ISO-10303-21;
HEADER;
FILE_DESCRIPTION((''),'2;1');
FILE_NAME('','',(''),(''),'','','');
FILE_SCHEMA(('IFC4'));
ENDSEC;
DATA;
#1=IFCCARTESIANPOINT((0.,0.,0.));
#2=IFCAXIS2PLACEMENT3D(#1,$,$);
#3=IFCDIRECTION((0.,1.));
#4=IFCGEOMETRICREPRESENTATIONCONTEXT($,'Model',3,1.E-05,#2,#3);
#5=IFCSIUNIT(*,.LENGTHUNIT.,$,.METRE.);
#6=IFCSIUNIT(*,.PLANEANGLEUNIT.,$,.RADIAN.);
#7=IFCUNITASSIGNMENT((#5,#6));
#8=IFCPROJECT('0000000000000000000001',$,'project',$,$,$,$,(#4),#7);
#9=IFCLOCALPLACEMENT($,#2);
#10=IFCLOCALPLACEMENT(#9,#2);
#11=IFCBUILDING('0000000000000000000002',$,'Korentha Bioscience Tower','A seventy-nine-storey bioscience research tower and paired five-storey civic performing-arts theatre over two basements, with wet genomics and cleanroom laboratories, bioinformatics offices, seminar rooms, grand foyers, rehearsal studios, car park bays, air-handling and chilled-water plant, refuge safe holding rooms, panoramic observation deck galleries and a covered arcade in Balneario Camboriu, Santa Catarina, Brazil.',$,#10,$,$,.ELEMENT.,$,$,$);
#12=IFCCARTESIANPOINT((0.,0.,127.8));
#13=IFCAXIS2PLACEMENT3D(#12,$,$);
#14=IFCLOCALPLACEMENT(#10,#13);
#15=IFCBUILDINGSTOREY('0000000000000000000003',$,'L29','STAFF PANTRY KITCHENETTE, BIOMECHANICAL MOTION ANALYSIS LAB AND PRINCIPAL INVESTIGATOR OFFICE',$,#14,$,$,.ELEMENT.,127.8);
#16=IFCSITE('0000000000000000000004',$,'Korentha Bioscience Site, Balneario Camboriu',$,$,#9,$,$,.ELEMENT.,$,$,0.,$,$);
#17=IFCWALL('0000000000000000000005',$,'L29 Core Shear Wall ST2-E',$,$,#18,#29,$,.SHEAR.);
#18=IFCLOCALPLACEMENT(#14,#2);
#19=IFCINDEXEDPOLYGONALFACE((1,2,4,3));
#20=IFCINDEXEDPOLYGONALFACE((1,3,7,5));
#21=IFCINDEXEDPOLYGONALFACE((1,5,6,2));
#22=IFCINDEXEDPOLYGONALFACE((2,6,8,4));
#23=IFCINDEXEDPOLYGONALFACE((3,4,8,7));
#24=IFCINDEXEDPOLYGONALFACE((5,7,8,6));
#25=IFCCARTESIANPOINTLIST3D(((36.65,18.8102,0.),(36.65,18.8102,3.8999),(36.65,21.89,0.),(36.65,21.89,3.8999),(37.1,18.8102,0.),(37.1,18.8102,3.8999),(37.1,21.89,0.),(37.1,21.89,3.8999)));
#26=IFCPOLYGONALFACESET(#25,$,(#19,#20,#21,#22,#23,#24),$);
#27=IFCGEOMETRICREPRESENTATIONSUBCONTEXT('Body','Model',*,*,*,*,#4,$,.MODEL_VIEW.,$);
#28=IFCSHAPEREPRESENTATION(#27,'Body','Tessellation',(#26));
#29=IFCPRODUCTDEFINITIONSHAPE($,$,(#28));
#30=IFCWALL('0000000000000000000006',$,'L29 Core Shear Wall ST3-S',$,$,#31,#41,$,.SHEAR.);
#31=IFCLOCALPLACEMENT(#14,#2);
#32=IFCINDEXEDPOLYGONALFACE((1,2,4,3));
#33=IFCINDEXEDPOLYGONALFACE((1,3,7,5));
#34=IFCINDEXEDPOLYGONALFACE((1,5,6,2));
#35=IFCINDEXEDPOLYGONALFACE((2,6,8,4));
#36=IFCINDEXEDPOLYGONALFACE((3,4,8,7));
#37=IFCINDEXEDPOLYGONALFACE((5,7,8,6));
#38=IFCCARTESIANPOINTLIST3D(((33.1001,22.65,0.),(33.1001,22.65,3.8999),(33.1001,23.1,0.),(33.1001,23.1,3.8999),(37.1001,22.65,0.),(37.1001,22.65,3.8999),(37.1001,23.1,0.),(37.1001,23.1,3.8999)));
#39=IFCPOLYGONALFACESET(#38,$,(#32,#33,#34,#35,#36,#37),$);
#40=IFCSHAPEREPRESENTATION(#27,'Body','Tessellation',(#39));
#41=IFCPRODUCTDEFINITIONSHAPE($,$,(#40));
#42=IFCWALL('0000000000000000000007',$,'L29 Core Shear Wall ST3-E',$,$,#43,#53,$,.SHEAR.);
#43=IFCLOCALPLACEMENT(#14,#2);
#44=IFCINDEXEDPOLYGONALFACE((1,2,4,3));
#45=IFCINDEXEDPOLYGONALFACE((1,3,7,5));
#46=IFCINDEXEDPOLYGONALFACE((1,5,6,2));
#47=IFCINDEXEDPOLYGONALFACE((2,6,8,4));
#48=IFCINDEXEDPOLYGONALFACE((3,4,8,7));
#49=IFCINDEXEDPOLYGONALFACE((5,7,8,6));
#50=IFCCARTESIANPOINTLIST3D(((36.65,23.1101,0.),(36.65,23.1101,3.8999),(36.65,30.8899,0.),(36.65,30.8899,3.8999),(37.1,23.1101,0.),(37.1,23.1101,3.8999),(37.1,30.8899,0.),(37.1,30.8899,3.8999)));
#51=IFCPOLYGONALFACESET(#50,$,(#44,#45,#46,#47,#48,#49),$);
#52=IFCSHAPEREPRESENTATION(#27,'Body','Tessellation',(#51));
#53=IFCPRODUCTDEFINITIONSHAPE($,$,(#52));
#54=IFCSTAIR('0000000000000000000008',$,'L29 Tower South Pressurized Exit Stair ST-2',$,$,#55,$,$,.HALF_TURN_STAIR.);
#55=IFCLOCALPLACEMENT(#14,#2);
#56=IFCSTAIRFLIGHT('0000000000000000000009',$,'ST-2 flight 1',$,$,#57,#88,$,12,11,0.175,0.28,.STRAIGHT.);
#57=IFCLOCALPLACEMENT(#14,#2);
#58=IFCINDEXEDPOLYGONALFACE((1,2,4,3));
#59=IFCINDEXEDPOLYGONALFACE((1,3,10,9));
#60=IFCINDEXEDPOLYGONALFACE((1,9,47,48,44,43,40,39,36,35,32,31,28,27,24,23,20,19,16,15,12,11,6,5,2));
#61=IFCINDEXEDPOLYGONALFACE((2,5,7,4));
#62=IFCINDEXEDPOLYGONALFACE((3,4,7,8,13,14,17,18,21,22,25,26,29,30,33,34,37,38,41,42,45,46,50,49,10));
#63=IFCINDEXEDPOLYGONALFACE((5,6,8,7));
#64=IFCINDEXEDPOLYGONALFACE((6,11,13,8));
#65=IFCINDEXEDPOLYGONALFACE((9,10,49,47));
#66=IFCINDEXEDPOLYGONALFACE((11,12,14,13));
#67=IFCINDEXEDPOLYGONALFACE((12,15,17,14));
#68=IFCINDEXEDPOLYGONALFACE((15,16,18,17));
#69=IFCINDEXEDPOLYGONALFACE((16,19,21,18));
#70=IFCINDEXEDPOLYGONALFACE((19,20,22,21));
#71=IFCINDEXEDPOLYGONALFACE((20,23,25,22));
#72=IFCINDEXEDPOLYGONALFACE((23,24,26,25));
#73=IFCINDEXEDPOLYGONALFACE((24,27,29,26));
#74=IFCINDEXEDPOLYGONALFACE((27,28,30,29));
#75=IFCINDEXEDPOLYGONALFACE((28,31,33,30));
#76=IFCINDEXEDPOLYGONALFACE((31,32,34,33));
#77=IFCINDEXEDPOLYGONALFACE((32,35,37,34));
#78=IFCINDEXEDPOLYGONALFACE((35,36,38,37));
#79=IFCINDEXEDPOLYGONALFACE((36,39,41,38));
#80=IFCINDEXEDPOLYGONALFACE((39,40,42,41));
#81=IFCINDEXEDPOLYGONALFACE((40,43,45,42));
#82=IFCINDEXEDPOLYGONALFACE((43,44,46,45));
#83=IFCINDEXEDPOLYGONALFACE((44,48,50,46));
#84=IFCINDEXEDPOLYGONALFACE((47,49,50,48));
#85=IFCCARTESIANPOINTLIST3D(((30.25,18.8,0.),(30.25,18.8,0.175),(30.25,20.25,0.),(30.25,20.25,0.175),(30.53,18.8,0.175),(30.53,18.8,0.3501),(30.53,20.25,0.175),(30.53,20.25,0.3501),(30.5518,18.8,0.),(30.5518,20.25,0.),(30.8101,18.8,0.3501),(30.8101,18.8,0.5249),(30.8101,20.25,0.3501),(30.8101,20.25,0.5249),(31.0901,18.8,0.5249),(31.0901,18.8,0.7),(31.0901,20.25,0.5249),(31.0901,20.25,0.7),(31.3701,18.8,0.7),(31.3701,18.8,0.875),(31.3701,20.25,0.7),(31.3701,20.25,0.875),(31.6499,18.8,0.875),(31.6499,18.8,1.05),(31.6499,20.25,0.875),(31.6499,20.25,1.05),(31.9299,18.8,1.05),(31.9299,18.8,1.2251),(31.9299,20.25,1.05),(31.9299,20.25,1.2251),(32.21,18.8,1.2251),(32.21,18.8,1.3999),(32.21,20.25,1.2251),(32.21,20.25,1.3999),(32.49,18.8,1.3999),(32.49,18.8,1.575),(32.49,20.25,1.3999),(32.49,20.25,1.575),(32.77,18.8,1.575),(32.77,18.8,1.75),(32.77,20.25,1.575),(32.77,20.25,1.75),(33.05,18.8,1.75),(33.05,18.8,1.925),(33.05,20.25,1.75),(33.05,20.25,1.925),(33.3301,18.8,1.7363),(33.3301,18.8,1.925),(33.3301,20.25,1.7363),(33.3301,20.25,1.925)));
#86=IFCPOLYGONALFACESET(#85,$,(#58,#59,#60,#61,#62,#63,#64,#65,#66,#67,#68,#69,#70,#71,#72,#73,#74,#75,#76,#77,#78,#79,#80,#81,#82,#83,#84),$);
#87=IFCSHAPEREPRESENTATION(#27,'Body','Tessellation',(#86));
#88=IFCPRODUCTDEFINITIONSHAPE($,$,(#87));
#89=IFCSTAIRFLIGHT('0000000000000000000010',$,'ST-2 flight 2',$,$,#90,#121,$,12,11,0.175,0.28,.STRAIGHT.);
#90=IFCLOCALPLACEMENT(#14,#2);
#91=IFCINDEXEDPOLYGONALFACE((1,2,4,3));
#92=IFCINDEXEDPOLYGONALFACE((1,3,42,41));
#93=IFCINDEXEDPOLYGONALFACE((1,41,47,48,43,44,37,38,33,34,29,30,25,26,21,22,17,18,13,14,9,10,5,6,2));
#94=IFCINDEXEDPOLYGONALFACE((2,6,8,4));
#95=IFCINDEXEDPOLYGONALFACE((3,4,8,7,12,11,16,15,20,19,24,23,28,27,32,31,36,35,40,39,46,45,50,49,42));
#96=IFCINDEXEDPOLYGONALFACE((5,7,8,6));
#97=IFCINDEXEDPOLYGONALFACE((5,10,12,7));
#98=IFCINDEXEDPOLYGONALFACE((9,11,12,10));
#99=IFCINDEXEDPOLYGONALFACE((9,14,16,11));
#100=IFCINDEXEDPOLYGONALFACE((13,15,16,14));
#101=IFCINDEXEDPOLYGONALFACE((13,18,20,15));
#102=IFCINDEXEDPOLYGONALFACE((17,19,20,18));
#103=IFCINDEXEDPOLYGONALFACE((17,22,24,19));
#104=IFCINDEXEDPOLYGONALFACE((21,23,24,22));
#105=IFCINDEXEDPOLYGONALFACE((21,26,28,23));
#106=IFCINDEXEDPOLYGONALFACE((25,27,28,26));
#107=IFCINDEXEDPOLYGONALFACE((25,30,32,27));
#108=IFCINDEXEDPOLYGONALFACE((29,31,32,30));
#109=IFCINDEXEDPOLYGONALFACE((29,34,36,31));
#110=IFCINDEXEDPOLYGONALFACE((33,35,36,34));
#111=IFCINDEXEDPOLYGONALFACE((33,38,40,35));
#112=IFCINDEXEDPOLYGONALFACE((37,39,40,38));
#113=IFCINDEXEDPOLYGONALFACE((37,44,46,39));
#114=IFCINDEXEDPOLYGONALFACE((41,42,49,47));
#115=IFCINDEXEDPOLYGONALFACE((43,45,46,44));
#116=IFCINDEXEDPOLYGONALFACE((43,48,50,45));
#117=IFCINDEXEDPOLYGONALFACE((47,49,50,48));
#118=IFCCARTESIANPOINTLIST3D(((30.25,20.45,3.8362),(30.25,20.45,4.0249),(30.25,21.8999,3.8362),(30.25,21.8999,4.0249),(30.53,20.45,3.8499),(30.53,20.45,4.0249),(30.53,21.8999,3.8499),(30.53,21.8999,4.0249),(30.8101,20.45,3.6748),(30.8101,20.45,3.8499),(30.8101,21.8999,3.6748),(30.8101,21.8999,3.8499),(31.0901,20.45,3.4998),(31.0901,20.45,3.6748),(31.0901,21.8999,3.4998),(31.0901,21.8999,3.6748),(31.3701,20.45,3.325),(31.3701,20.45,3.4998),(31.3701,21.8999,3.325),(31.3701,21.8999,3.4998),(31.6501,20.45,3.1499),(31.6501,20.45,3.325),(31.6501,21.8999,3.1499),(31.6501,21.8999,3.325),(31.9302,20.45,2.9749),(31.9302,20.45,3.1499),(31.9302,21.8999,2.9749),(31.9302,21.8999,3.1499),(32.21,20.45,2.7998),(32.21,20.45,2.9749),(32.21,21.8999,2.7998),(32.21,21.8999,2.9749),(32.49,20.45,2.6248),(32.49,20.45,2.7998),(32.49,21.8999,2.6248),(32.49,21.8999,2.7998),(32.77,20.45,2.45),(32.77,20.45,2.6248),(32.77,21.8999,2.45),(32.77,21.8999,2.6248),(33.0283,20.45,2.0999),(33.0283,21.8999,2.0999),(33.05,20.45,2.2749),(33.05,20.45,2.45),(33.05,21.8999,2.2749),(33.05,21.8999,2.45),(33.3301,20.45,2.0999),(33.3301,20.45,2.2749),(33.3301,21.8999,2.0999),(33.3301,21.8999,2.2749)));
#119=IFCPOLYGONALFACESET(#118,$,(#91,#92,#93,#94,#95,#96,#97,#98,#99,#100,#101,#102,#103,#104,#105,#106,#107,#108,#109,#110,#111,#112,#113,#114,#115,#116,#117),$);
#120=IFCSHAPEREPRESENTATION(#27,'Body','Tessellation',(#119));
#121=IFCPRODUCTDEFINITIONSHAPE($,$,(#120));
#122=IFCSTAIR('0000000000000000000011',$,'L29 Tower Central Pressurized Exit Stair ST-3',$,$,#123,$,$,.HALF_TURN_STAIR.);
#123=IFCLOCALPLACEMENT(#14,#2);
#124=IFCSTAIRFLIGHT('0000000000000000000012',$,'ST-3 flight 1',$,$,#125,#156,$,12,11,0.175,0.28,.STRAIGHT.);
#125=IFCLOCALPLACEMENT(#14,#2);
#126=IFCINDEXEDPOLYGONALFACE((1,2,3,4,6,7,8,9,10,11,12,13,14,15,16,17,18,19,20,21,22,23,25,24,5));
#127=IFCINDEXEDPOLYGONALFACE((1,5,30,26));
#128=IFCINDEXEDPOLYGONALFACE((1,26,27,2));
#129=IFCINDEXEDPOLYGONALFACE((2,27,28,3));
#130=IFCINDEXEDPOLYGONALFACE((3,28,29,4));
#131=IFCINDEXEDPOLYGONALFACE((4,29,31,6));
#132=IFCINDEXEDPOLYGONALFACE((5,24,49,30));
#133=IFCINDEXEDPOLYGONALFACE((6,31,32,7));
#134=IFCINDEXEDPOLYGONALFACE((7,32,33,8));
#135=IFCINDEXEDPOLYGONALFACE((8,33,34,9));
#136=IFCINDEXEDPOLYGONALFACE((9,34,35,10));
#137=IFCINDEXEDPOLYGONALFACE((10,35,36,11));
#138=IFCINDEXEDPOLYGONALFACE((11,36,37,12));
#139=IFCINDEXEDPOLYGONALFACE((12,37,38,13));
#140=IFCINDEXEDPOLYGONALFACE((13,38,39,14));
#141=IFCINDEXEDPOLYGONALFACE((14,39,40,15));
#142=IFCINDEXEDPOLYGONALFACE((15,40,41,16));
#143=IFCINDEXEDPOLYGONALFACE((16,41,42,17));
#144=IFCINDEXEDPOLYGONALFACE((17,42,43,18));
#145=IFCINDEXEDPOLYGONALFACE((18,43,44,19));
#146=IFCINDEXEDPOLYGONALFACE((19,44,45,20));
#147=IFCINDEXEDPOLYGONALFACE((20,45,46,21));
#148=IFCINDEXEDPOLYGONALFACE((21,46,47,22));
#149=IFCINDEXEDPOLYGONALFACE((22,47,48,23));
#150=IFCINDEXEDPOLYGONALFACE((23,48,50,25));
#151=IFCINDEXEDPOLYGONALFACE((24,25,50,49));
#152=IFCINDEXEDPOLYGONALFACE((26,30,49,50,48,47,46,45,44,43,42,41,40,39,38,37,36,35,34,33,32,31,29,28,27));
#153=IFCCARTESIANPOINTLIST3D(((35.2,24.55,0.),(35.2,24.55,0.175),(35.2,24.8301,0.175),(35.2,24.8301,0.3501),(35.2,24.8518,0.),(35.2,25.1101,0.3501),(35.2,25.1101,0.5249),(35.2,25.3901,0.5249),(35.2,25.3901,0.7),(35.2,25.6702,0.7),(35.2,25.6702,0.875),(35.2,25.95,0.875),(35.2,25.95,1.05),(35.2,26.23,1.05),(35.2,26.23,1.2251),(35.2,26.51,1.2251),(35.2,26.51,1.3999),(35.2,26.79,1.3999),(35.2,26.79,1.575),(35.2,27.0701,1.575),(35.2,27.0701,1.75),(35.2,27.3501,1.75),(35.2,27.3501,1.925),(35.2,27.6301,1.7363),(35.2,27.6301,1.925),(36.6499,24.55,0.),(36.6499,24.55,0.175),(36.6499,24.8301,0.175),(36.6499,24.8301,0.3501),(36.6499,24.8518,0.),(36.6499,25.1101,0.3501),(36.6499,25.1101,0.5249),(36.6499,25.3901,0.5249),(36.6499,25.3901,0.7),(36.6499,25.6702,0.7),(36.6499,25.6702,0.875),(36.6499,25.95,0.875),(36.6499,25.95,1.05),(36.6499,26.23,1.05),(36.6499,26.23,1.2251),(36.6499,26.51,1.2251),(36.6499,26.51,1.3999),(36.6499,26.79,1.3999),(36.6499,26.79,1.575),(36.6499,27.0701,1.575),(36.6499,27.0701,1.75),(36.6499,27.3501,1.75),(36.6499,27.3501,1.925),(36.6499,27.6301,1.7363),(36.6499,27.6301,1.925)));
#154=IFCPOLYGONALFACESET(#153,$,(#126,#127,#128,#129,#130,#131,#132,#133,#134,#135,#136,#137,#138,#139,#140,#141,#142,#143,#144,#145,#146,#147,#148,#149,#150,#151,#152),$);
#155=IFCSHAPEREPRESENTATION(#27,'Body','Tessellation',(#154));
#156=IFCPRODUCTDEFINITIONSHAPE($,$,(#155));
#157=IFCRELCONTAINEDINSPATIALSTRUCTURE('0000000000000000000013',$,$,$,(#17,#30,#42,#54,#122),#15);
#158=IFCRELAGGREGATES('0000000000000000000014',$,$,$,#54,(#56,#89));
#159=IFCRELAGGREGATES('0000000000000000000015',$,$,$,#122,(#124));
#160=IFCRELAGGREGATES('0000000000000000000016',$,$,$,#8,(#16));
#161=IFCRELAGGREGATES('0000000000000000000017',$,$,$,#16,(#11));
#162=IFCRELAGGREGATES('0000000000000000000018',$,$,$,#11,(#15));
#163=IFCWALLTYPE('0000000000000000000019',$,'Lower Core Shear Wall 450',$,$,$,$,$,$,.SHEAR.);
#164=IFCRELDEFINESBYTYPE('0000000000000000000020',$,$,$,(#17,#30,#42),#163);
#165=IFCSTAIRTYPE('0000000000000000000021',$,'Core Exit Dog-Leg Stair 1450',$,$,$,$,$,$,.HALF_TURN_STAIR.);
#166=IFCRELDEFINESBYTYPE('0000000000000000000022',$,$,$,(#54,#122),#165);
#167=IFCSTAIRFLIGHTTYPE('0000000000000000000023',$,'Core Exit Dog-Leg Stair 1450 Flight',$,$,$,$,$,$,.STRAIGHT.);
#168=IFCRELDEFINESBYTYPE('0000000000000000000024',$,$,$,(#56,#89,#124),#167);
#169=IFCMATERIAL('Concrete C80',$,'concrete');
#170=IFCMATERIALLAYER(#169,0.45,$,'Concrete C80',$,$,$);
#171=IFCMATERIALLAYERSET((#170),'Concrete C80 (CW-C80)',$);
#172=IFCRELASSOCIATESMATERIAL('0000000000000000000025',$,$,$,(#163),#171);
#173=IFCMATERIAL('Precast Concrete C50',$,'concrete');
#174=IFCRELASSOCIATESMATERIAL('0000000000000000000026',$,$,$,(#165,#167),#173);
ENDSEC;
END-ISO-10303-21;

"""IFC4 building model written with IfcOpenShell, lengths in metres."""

from ifc_helpers import new_model, si_unit, direction, frame, frame_2d, origin, place, context, subcontext, project, spatial, polyline, rectangle, outline, extrude, material, layer, layer_set, type_object, element, aggregate, save


model = new_model("IFC4")

# Units and contexts
model_context = context("Model", 3, precision=1e-05, world=origin(), true_north=direction((0.0, 1.0)))
body_context = subcontext(model_context, "Body", "Model", "MODEL_VIEW")
ifc_project = project(units=[si_unit("LENGTHUNIT", "METRE"), si_unit("PLANEANGLEUNIT", "RADIAN")], contexts=[model_context])

# Site, building, storey
site_placement = place(None, origin())
site = spatial("IfcSite", under=ifc_project, at=site_placement, Name="Korentha Bioscience Site, Balneario Camboriu", CompositionType="ELEMENT", RefElevation=0.0)
building_placement = place(site_placement, origin())
building = spatial("IfcBuilding", under=site, at=building_placement, Name="Korentha Bioscience Tower", Description="A seventy-nine-storey bioscience research tower and paired five-storey civic performing-arts theatre over two basements, with wet genomics and cleanroom laboratories, bioinformatics offices, seminar rooms, grand foyers, rehearsal studios, car park bays, air-handling and chilled-water plant, refuge safe holding rooms, panoramic observation deck galleries and a covered arcade in Balneario Camboriu, Santa Catarina, Brazil.", CompositionType="ELEMENT")
storey_placement = place(building_placement, frame((0.0, 0.0, 127.8)))
storey = spatial("IfcBuildingStorey", under=building, at=storey_placement, Name="L29", Description="STAFF PANTRY KITCHENETTE, BIOMECHANICAL MOTION ANALYSIS LAB AND PRINCIPAL INVESTIGATOR OFFICE", CompositionType="ELEMENT", Elevation=127.8)

# Walls
ifc_material_1 = material(Name="Concrete C80", Category="concrete")
ifc_layer_1 = layer(ifc_material_1, 0.45, Name="Concrete C80")
ifc_layer_set_1 = layer_set([ifc_layer_1], Name="Concrete C80 (CW-C80)")
wall_type_1 = type_object("IfcWallType", Name="Lower Core Shear Wall 450", PredefinedType="SHEAR", material=ifc_layer_set_1)
wall_1_placement = place(storey_placement, frame((36.875, 18.8101, 0.0), z_axis=(0.0, 0.0, 1.0), x_axis=(0.0, 1.0, 0.0)))
element("IfcWall", 1, at=wall_1_placement, inside=storey, type_object=wall_type_1, Name="L29 Core Shear Wall ST2-E", PredefinedType="SHEAR", context=body_context, shape_type="SweptSolid", body=[
    extrude(rectangle(XDim=3.0798, YDim=0.45, at=frame_2d((1.54, 0.0))), origin(), (0.0, 0.0, 1.0), 3.8999),
])
wall_2_placement = place(storey_placement, frame((33.1001, 22.875, 0.0), z_axis=(0.0, 0.0, 1.0), x_axis=(1.0, 0.0, 0.0)))
element("IfcWall", 2, at=wall_2_placement, inside=storey, type_object=wall_type_1, Name="L29 Core Shear Wall ST3-S", PredefinedType="SHEAR", context=body_context, shape_type="SweptSolid", body=[
    extrude(rectangle(XDim=4.0, YDim=0.45, at=frame_2d((2.0, 0.0))), origin(), (0.0, 0.0, 1.0), 3.8999),
])
wall_3_placement = place(storey_placement, frame((36.875, 23.1101, 0.0), z_axis=(0.0, 0.0, 1.0), x_axis=(0.0, 1.0, 0.0)))
element("IfcWall", 3, at=wall_3_placement, inside=storey, type_object=wall_type_1, Name="L29 Core Shear Wall ST3-E", PredefinedType="SHEAR", context=body_context, shape_type="SweptSolid", body=[
    extrude(rectangle(XDim=7.7798, YDim=0.45, at=frame_2d((3.8899, 0.0))), origin(), (0.0, 0.0, 1.0), 3.8999),
])

# Stair, stair flights
ifc_material_2 = material(Name="Precast Concrete C50", Category="concrete")
stair_type = type_object("IfcStairType", Name="Core Exit Dog-Leg Stair 1450", PredefinedType="HALF_TURN_STAIR", material=ifc_material_2)
stair_1_placement = place(storey_placement, origin())
stair_1 = element("IfcStair", 4, at=stair_1_placement, inside=storey, type_object=stair_type, Name="L29 Tower South Pressurized Exit Stair ST-2", PredefinedType="HALF_TURN_STAIR")
stair_flight_type = type_object("IfcStairFlightType", Name="Core Exit Dog-Leg Stair 1450 Flight", PredefinedType="STRAIGHT", material=ifc_material_2)
stair_flight_1_placement = place(storey_placement, frame((30.25, 19.5249, 0.0), z_axis=(0.0, 0.0, 1.0), x_axis=(1.0, 0.0, 0.0)))
stair_flight_1 = element("IfcStairFlight", 5, at=stair_flight_1_placement, type_object=stair_flight_type, Name="ST-2 flight 1", NumberOfRisers=12, NumberOfTreads=11, PredefinedType="STRAIGHT", RiserHeight=0.175, TreadLength=0.28, context=body_context, shape_type="SweptSolid", body=[
    extrude(outline(polyline([(0.0, 0.0), (0.0, 0.175), (0.28, 0.175), (0.28, 0.3501), (0.5601, 0.3501), (0.5601, 0.5249), (0.8401, 0.5249), (0.8401, 0.7), (1.1201, 0.7), (1.1201, 0.875), (1.3999, 0.875), (1.3999, 1.05), (1.6799, 1.05), (1.6799, 1.2251), (1.96, 1.2251), (1.96, 1.3999), (2.24, 1.3999), (2.24, 1.575), (2.52, 1.575), (2.52, 1.75), (2.8, 1.75), (2.8, 1.925), (3.0801, 1.925), (3.0801, 2.1001), (3.0801, 1.7363), (0.3018, 0.0), (0.0, 0.0)])), frame((0.0, 0.7251, 0.0), z_axis=(0.0, -1.0, 0.0), x_axis=(1.0, 0.0, 0.0)), (0.0, 0.0, 1.0), 1.45),
])
stair_flight_2_placement = place(storey_placement, frame((33.3301, 21.175, 2.0999), z_axis=(0.0, 0.0, 1.0), x_axis=(-1.0, 0.0, 0.0)))
stair_flight_2 = element("IfcStairFlight", 6, at=stair_flight_2_placement, type_object=stair_flight_type, Name="ST-2 flight 2", NumberOfRisers=12, NumberOfTreads=11, PredefinedType="STRAIGHT", RiserHeight=0.175, TreadLength=0.28, context=body_context, shape_type="SweptSolid", body=[
    extrude(outline(polyline([(0.0, 0.0), (0.0, 0.175), (0.28, 0.175), (0.28, 0.3501), (0.5601, 0.3501), (0.5601, 0.5249), (0.8401, 0.5249), (0.8401, 0.7), (1.1201, 0.7), (1.1201, 0.875), (1.3999, 0.875), (1.3999, 1.05), (1.6799, 1.05), (1.6799, 1.2251), (1.96, 1.2251), (1.96, 1.3999), (2.24, 1.3999), (2.24, 1.575), (2.52, 1.575), (2.52, 1.75), (2.8, 1.75), (2.8, 1.925), (3.0801, 1.925), (3.0801, 2.1001), (3.0801, 1.7363), (0.3018, 0.0), (0.0, 0.0)])), frame((0.0, 0.7251, 0.0), z_axis=(0.0, -1.0, 0.0), x_axis=(1.0, 0.0, 0.0)), (0.0, 0.0, 1.0), 1.45),
])
aggregate(stair_1, [stair_flight_1, stair_flight_2])

# Stair, stair flight
stair_2_placement = place(storey_placement, origin())
stair_2 = element("IfcStair", 7, at=stair_2_placement, inside=storey, type_object=stair_type, Name="L29 Tower Central Pressurized Exit Stair ST-3", PredefinedType="HALF_TURN_STAIR")
stair_flight_3_placement = place(storey_placement, frame((35.925, 24.55, 0.0), z_axis=(0.0, 0.0, 1.0), x_axis=(0.0, 1.0, 0.0)))
stair_flight_3 = element("IfcStairFlight", 8, at=stair_flight_3_placement, type_object=stair_flight_type, Name="ST-3 flight 1", NumberOfRisers=12, NumberOfTreads=11, PredefinedType="STRAIGHT", RiserHeight=0.175, TreadLength=0.28, context=body_context, shape_type="SweptSolid", body=[
    extrude(outline(polyline([(0.0, 0.0), (0.0, 0.175), (0.28, 0.175), (0.28, 0.3501), (0.5601, 0.3501), (0.5601, 0.5249), (0.8401, 0.5249), (0.8401, 0.7), (1.1201, 0.7), (1.1201, 0.875), (1.3999, 0.875), (1.3999, 1.05), (1.6799, 1.05), (1.6799, 1.2251), (1.96, 1.2251), (1.96, 1.3999), (2.24, 1.3999), (2.24, 1.575), (2.52, 1.575), (2.52, 1.75), (2.8, 1.75), (2.8, 1.925), (3.0801, 1.925), (3.0801, 2.1001), (3.0801, 1.7363), (0.3018, 0.0), (0.0, 0.0)])), frame((0.0, 0.7251, 0.0), z_axis=(0.0, -1.0, 0.0), x_axis=(1.0, 0.0, 0.0)), (0.0, 0.0, 1.0), 1.45),
])
aggregate(stair_2, [stair_flight_3])

save(model, "model.ifc")
